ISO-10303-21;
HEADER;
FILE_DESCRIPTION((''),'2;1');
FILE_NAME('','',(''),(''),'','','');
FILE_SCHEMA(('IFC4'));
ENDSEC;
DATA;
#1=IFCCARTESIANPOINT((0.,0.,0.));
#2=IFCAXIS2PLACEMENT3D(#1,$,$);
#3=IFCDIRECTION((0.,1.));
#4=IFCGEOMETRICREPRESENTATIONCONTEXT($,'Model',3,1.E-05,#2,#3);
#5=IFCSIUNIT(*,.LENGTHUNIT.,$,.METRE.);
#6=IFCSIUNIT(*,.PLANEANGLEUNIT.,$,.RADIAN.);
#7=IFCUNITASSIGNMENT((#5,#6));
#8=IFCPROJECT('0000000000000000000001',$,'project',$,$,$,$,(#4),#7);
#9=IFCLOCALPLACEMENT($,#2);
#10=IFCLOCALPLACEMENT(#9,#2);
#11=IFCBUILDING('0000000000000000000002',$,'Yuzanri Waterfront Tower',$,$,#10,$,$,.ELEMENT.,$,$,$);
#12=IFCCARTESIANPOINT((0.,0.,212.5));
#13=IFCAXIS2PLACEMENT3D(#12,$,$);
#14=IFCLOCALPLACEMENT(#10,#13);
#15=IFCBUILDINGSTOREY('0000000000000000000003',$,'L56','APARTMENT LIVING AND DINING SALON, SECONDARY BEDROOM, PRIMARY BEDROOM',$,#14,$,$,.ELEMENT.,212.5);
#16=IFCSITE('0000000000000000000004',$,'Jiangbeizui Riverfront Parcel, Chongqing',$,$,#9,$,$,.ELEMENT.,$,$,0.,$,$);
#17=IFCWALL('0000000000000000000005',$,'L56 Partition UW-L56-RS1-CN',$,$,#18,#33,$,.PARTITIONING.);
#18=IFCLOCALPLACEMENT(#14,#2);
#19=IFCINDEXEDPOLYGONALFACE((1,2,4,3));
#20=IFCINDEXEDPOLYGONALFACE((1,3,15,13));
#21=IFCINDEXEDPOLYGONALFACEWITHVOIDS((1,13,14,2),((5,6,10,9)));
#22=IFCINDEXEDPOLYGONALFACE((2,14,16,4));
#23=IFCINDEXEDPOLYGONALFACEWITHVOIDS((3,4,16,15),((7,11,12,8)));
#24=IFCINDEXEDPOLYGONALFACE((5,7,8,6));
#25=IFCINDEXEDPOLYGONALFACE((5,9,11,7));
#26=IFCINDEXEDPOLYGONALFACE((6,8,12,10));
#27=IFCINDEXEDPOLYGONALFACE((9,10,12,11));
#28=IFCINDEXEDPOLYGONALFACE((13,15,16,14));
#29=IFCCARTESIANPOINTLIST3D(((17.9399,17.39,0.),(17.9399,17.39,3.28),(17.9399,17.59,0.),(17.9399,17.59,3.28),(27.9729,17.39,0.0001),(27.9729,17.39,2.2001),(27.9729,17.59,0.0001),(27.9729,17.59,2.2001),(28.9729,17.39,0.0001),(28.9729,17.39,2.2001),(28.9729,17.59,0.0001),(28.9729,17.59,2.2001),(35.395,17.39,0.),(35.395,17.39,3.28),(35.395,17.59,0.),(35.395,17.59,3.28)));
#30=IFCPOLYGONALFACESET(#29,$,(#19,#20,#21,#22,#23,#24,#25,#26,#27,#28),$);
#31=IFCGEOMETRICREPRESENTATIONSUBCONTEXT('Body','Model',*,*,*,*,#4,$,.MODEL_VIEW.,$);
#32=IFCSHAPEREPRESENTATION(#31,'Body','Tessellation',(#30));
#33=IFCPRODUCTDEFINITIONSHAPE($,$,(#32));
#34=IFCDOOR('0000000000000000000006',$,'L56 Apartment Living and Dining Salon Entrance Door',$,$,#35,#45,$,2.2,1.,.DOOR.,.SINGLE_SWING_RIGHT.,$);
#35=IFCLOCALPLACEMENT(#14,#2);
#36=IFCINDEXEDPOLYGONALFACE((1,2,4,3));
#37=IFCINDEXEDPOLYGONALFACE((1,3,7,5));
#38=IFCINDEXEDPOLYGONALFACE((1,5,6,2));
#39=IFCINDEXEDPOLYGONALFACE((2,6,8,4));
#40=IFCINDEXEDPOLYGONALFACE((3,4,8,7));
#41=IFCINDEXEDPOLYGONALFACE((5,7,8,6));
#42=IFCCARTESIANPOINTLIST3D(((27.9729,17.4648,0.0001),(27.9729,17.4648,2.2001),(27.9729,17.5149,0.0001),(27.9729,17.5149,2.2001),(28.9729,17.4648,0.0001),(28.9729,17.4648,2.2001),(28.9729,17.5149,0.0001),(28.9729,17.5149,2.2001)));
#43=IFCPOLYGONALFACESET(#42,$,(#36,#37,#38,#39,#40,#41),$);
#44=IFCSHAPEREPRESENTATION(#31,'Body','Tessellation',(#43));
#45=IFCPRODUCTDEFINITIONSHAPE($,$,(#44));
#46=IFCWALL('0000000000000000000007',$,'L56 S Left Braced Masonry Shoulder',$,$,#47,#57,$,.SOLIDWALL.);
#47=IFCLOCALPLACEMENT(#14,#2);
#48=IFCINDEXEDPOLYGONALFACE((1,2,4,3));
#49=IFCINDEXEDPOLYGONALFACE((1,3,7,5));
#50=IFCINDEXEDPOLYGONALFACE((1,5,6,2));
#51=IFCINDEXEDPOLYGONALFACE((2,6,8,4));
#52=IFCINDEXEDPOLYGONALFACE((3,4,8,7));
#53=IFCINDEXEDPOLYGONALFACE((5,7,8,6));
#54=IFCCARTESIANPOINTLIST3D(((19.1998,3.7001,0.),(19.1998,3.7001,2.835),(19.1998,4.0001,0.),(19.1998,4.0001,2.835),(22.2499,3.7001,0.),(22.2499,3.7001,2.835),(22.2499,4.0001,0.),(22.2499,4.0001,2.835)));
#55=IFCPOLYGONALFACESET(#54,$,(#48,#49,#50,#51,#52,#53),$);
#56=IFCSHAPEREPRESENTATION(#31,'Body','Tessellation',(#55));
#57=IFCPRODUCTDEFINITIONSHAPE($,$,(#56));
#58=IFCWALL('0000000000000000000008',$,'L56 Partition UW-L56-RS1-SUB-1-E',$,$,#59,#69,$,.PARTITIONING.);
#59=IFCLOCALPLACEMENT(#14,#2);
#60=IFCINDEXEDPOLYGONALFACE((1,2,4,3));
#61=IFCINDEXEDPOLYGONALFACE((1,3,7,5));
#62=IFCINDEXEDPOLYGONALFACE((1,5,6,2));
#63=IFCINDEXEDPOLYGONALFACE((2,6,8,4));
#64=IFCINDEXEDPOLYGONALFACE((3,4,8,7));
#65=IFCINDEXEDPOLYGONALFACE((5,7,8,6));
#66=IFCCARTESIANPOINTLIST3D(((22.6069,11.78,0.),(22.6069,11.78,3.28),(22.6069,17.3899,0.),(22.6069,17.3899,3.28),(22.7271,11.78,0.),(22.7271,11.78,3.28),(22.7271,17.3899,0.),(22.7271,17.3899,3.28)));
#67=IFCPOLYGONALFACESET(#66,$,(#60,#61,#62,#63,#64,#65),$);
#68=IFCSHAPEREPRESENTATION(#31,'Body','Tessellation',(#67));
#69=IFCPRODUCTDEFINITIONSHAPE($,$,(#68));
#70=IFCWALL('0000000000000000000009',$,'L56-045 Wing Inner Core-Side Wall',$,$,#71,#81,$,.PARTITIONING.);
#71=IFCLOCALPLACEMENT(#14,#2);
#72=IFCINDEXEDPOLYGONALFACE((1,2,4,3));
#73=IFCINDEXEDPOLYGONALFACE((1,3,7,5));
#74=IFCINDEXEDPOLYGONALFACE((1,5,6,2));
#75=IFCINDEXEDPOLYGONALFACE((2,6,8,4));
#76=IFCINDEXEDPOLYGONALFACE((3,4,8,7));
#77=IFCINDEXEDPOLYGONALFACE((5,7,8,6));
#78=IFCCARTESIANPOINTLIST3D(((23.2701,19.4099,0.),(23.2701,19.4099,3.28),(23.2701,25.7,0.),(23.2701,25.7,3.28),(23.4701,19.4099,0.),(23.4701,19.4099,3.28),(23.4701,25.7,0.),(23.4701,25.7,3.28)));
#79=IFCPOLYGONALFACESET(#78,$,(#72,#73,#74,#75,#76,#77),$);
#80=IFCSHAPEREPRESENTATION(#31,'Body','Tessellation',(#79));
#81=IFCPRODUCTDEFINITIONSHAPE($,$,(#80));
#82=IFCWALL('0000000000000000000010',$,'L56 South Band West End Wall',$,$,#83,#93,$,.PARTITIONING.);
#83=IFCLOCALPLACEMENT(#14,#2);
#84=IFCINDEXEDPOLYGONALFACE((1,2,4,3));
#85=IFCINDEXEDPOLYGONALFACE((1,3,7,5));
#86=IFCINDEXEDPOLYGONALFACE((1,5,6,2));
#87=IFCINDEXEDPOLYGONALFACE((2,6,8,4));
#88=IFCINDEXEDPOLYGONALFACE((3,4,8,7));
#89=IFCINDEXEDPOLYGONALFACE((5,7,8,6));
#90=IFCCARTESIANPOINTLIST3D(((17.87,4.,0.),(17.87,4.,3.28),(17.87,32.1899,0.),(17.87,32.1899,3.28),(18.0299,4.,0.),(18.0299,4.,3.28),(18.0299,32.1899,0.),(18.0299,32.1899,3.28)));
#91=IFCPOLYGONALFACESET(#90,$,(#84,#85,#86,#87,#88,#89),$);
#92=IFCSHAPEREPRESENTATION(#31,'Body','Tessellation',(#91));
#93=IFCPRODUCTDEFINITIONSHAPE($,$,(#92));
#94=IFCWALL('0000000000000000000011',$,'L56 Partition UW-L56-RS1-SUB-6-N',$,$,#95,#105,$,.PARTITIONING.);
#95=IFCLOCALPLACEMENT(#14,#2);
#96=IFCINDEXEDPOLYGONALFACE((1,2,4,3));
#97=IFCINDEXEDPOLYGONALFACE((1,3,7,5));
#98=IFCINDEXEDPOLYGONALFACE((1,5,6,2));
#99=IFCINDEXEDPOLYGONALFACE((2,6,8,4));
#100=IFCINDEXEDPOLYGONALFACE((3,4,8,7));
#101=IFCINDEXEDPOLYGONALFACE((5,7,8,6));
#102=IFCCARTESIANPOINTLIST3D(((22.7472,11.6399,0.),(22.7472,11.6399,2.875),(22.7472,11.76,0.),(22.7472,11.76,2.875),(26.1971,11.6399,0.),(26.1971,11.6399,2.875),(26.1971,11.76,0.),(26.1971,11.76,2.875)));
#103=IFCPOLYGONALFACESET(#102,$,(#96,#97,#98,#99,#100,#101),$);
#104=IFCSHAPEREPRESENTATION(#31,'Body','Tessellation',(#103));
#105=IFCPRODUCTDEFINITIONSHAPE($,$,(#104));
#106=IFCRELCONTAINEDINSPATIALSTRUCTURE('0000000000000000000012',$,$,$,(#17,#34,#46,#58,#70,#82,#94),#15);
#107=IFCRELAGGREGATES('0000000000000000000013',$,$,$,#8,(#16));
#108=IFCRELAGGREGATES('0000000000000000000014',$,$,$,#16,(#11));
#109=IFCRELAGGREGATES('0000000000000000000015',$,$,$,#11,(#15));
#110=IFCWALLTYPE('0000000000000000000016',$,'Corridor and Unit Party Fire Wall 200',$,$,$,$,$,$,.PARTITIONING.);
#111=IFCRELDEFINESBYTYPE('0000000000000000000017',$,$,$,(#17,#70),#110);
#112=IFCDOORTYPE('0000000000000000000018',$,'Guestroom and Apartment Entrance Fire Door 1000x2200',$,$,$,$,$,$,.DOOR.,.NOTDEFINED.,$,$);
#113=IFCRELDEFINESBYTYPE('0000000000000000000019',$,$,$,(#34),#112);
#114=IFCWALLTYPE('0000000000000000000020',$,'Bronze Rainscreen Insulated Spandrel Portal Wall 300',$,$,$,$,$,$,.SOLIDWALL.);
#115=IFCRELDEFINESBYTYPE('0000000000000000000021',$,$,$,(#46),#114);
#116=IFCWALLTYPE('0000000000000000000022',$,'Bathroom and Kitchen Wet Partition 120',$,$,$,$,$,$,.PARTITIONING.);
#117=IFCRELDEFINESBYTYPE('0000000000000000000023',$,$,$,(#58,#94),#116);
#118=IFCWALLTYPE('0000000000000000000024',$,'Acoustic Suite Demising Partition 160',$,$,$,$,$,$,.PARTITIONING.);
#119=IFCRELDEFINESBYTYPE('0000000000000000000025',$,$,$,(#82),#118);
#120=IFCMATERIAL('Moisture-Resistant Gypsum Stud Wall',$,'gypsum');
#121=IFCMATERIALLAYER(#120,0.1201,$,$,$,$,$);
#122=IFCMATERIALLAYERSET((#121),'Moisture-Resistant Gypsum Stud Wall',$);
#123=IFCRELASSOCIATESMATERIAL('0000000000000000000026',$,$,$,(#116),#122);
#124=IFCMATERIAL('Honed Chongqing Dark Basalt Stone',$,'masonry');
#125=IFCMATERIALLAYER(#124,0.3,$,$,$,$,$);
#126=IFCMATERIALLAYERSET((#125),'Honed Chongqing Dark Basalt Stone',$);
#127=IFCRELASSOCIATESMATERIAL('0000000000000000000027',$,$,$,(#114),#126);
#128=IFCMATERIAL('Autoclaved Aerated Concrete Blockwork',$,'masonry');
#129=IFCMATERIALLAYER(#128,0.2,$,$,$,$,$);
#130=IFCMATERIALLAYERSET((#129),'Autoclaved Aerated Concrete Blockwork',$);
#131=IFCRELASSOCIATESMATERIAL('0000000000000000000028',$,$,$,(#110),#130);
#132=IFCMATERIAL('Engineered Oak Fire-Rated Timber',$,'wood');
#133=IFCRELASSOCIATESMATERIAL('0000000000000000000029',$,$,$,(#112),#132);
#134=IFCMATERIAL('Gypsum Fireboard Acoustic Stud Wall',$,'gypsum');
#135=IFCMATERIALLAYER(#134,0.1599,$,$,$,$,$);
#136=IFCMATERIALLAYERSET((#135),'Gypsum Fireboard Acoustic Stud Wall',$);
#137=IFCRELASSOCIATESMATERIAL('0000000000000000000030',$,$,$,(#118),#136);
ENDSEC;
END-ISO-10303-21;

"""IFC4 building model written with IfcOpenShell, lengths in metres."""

from ifc_helpers import new_model, si_unit, direction, frame, frame_2d, origin, place, context, subcontext, project, spatial, rectangle, extrude, source, transform, mapped, material, layer, layer_set, type_object, element, fill, save


model = new_model("IFC4")

# Units and contexts
model_context = context("Model", 3, precision=1e-05, world=origin(), true_north=direction((0.0, 1.0)))
body_context = subcontext(model_context, "Body", "Model", "MODEL_VIEW")
ifc_project = project(units=[si_unit("LENGTHUNIT", "METRE"), si_unit("PLANEANGLEUNIT", "RADIAN")], contexts=[model_context])

# Site, building, storey
site_placement = place(None, origin())
site = spatial("IfcSite", under=ifc_project, at=site_placement, Name="Jiangbeizui Riverfront Parcel, Chongqing", CompositionType="ELEMENT", RefElevation=0.0)
building_placement = place(site_placement, origin())
building = spatial("IfcBuilding", under=site, at=building_placement, Name="Yuzanri Waterfront Tower", CompositionType="ELEMENT")
storey_placement = place(building_placement, frame((0.0, 0.0, 212.5)))
storey = spatial("IfcBuildingStorey", under=building, at=storey_placement, Name="L56", Description="APARTMENT LIVING AND DINING SALON, SECONDARY BEDROOM, PRIMARY BEDROOM", CompositionType="ELEMENT", Elevation=212.5)

# Shared definitions
ifc_material_1 = material(Name="Moisture-Resistant Gypsum Stud Wall", Category="gypsum")
ifc_layer_1 = layer(ifc_material_1, 0.1201)
ifc_layer_set_1 = layer_set([ifc_layer_1], Name="Moisture-Resistant Gypsum Stud Wall")
wall_type_1 = type_object("IfcWallType", Name="Bathroom and Kitchen Wet Partition 120", PredefinedType="PARTITIONING", material=ifc_layer_set_1)

# Shared definitions
ifc_material_2 = material(Name="Honed Chongqing Dark Basalt Stone", Category="masonry")
ifc_layer_2 = layer(ifc_material_2, 0.3)
ifc_layer_set_2 = layer_set([ifc_layer_2], Name="Honed Chongqing Dark Basalt Stone")
wall_type_2 = type_object("IfcWallType", Name="Bronze Rainscreen Insulated Spandrel Portal Wall 300", PredefinedType="SOLIDWALL", material=ifc_layer_set_2)

# Wall, opening, door
ifc_material_3 = material(Name="Autoclaved Aerated Concrete Blockwork", Category="masonry")
ifc_layer_3 = layer(ifc_material_3, 0.2)
ifc_layer_set_3 = layer_set([ifc_layer_3], Name="Autoclaved Aerated Concrete Blockwork")
wall_type_3 = type_object("IfcWallType", Name="Corridor and Unit Party Fire Wall 200", PredefinedType="PARTITIONING", material=ifc_layer_set_3)
wall_1_placement = place(storey_placement, frame((17.9399, 17.49, 0.0), z_axis=(0.0, 0.0, 1.0), x_axis=(1.0, 0.0, 0.0)))
wall_1 = element("IfcWall", 1, at=wall_1_placement, inside=storey, type_object=wall_type_3, Name="L56 Partition UW-L56-RS1-CN", PredefinedType="PARTITIONING", context=body_context, shape_type="SweptSolid", body=[
    extrude(rectangle(XDim=17.4551, YDim=0.2, at=frame_2d((8.7275, 0.0))), origin(), (0.0, 0.0, 1.0), 3.28),
])
opening_1_placement = place(wall_1_placement, frame((10.033, 0.0, 0.0)))
opening_1 = element("IfcOpeningElement", 2, at=opening_1_placement, cuts=wall_1, PredefinedType="OPENING", context=body_context, shape_type="SweptSolid", body=[
    extrude(rectangle(XDim=1.0, YDim=2.2, at=frame_2d((0.5, 1.1001))), frame((0.0, 0.1147, 0.0), z_axis=(0.0, -1.0, 0.0), x_axis=(1.0, 0.0, 0.0)), (0.0, 0.0, 1.0), 0.2297),
])
ifc_material_4 = material(Name="Engineered Oak Fire-Rated Timber", Category="wood")
door_type_1 = type_object("IfcDoorType", Name="Guestroom and Apartment Entrance Fire Door 1000x2200", OperationType="NOTDEFINED", PredefinedType="DOOR", material=ifc_material_4)
shared_shape_1 = source(origin(), body_context, "Body", "SweptSolid", [
    extrude(rectangle(XDim=1.0, YDim=2.2, at=frame_2d((0.5, 1.1001))), frame((0.0, 0.0249, 0.0), z_axis=(0.0, -1.0, 0.0), x_axis=(1.0, 0.0, 0.0)), (0.0, 0.0, 1.0), 0.05),
])
door_1_placement = place(opening_1_placement, origin())
door_1 = element("IfcDoor", 3, at=door_1_placement, inside=storey, type_object=door_type_1, Name="L56 Apartment Living and Dining Salon Entrance Door", OperationType="SINGLE_SWING_RIGHT", OverallHeight=2.2, OverallWidth=1.0, PredefinedType="DOOR", context=body_context, shape_type="MappedRepresentation", body=[
    mapped(shared_shape_1, transform((0.0, 0.0, 0.0), scale=1.0)),
])
fill(opening_1, door_1)

# Walls
shared_shape_2 = source(origin(), body_context, "Body", "SweptSolid", [
    extrude(rectangle(XDim=3.05, YDim=0.3, at=frame_2d((1.5249, 0.0))), origin(), (0.0, 0.0, 1.0), 2.835),
])
wall_2_placement = place(storey_placement, frame((19.2, 3.8501, 0.0), z_axis=(0.0, 0.0, 1.0), x_axis=(1.0, 0.0, 0.0)))
element("IfcWall", 4, at=wall_2_placement, inside=storey, type_object=wall_type_2, Name="L56 S Left Braced Masonry Shoulder", PredefinedType="SOLIDWALL", context=body_context, shape_type="MappedRepresentation", body=[
    mapped(shared_shape_2, transform((0.0, 0.0, 0.0), scale=1.0)),
])
shared_shape_3 = source(origin(), body_context, "Body", "SweptSolid", [
    extrude(rectangle(XDim=5.6099, YDim=0.1201, at=frame_2d((2.8049, 0.0))), origin(), (0.0, 0.0, 1.0), 3.28),
])
wall_3_placement = place(storey_placement, frame((22.667, 11.78, 0.0), z_axis=(0.0, 0.0, 1.0), x_axis=(0.0, 1.0, 0.0)))
element("IfcWall", 5, at=wall_3_placement, inside=storey, type_object=wall_type_1, Name="L56 Partition UW-L56-RS1-SUB-1-E", PredefinedType="PARTITIONING", context=body_context, shape_type="MappedRepresentation", body=[
    mapped(shared_shape_3, transform((0.0, 0.0, 0.0), scale=1.0)),
])
shared_shape_4 = source(origin(), body_context, "Body", "SweptSolid", [
    extrude(rectangle(XDim=6.29, YDim=0.2, at=frame_2d((3.145, 0.0))), origin(), (0.0, 0.0, 1.0), 3.28),
])
wall_4_placement = place(storey_placement, frame((23.3701, 19.4099, 0.0), z_axis=(0.0, 0.0, 1.0), x_axis=(0.0, 1.0, 0.0)))
element("IfcWall", 6, at=wall_4_placement, inside=storey, type_object=wall_type_3, Name="L56-045 Wing Inner Core-Side Wall", PredefinedType="PARTITIONING", context=body_context, shape_type="MappedRepresentation", body=[
    mapped(shared_shape_4, transform((0.0, 0.0, 0.0), scale=1.0)),
])
ifc_material_5 = material(Name="Gypsum Fireboard Acoustic Stud Wall", Category="gypsum")
ifc_layer_4 = layer(ifc_material_5, 0.1599)
ifc_layer_set_4 = layer_set([ifc_layer_4], Name="Gypsum Fireboard Acoustic Stud Wall")
wall_type_4 = type_object("IfcWallType", Name="Acoustic Suite Demising Partition 160", PredefinedType="PARTITIONING", material=ifc_layer_set_4)
shared_shape_5 = source(origin(), body_context, "Body", "SweptSolid", [
    extrude(rectangle(XDim=28.1899, YDim=0.1599, at=frame_2d((14.095, 0.0))), origin(), (0.0, 0.0, 1.0), 3.28),
])
wall_5_placement = place(storey_placement, frame((17.95, 4.0, 0.0), z_axis=(0.0, 0.0, 1.0), x_axis=(0.0, 1.0, 0.0)))
element("IfcWall", 7, at=wall_5_placement, inside=storey, type_object=wall_type_4, Name="L56 South Band West End Wall", PredefinedType="PARTITIONING", context=body_context, shape_type="MappedRepresentation", body=[
    mapped(shared_shape_5, transform((0.0, 0.0, 0.0), scale=1.0)),
])
shared_shape_6 = source(origin(), body_context, "Body", "SweptSolid", [
    extrude(rectangle(XDim=3.45, YDim=0.1201, at=frame_2d((1.7251, 0.0))), origin(), (0.0, 0.0, 1.0), 2.875),
])
wall_6_placement = place(storey_placement, frame((22.7471, 11.7, 0.0), z_axis=(0.0, 0.0, 1.0), x_axis=(1.0, 0.0, 0.0)))
element("IfcWall", 8, at=wall_6_placement, inside=storey, type_object=wall_type_1, Name="L56 Partition UW-L56-RS1-SUB-6-N", PredefinedType="PARTITIONING", context=body_context, shape_type="MappedRepresentation", body=[
    mapped(shared_shape_6, transform((0.0, 0.0, 0.0), scale=1.0)),
])

save(model, "model.ifc")
